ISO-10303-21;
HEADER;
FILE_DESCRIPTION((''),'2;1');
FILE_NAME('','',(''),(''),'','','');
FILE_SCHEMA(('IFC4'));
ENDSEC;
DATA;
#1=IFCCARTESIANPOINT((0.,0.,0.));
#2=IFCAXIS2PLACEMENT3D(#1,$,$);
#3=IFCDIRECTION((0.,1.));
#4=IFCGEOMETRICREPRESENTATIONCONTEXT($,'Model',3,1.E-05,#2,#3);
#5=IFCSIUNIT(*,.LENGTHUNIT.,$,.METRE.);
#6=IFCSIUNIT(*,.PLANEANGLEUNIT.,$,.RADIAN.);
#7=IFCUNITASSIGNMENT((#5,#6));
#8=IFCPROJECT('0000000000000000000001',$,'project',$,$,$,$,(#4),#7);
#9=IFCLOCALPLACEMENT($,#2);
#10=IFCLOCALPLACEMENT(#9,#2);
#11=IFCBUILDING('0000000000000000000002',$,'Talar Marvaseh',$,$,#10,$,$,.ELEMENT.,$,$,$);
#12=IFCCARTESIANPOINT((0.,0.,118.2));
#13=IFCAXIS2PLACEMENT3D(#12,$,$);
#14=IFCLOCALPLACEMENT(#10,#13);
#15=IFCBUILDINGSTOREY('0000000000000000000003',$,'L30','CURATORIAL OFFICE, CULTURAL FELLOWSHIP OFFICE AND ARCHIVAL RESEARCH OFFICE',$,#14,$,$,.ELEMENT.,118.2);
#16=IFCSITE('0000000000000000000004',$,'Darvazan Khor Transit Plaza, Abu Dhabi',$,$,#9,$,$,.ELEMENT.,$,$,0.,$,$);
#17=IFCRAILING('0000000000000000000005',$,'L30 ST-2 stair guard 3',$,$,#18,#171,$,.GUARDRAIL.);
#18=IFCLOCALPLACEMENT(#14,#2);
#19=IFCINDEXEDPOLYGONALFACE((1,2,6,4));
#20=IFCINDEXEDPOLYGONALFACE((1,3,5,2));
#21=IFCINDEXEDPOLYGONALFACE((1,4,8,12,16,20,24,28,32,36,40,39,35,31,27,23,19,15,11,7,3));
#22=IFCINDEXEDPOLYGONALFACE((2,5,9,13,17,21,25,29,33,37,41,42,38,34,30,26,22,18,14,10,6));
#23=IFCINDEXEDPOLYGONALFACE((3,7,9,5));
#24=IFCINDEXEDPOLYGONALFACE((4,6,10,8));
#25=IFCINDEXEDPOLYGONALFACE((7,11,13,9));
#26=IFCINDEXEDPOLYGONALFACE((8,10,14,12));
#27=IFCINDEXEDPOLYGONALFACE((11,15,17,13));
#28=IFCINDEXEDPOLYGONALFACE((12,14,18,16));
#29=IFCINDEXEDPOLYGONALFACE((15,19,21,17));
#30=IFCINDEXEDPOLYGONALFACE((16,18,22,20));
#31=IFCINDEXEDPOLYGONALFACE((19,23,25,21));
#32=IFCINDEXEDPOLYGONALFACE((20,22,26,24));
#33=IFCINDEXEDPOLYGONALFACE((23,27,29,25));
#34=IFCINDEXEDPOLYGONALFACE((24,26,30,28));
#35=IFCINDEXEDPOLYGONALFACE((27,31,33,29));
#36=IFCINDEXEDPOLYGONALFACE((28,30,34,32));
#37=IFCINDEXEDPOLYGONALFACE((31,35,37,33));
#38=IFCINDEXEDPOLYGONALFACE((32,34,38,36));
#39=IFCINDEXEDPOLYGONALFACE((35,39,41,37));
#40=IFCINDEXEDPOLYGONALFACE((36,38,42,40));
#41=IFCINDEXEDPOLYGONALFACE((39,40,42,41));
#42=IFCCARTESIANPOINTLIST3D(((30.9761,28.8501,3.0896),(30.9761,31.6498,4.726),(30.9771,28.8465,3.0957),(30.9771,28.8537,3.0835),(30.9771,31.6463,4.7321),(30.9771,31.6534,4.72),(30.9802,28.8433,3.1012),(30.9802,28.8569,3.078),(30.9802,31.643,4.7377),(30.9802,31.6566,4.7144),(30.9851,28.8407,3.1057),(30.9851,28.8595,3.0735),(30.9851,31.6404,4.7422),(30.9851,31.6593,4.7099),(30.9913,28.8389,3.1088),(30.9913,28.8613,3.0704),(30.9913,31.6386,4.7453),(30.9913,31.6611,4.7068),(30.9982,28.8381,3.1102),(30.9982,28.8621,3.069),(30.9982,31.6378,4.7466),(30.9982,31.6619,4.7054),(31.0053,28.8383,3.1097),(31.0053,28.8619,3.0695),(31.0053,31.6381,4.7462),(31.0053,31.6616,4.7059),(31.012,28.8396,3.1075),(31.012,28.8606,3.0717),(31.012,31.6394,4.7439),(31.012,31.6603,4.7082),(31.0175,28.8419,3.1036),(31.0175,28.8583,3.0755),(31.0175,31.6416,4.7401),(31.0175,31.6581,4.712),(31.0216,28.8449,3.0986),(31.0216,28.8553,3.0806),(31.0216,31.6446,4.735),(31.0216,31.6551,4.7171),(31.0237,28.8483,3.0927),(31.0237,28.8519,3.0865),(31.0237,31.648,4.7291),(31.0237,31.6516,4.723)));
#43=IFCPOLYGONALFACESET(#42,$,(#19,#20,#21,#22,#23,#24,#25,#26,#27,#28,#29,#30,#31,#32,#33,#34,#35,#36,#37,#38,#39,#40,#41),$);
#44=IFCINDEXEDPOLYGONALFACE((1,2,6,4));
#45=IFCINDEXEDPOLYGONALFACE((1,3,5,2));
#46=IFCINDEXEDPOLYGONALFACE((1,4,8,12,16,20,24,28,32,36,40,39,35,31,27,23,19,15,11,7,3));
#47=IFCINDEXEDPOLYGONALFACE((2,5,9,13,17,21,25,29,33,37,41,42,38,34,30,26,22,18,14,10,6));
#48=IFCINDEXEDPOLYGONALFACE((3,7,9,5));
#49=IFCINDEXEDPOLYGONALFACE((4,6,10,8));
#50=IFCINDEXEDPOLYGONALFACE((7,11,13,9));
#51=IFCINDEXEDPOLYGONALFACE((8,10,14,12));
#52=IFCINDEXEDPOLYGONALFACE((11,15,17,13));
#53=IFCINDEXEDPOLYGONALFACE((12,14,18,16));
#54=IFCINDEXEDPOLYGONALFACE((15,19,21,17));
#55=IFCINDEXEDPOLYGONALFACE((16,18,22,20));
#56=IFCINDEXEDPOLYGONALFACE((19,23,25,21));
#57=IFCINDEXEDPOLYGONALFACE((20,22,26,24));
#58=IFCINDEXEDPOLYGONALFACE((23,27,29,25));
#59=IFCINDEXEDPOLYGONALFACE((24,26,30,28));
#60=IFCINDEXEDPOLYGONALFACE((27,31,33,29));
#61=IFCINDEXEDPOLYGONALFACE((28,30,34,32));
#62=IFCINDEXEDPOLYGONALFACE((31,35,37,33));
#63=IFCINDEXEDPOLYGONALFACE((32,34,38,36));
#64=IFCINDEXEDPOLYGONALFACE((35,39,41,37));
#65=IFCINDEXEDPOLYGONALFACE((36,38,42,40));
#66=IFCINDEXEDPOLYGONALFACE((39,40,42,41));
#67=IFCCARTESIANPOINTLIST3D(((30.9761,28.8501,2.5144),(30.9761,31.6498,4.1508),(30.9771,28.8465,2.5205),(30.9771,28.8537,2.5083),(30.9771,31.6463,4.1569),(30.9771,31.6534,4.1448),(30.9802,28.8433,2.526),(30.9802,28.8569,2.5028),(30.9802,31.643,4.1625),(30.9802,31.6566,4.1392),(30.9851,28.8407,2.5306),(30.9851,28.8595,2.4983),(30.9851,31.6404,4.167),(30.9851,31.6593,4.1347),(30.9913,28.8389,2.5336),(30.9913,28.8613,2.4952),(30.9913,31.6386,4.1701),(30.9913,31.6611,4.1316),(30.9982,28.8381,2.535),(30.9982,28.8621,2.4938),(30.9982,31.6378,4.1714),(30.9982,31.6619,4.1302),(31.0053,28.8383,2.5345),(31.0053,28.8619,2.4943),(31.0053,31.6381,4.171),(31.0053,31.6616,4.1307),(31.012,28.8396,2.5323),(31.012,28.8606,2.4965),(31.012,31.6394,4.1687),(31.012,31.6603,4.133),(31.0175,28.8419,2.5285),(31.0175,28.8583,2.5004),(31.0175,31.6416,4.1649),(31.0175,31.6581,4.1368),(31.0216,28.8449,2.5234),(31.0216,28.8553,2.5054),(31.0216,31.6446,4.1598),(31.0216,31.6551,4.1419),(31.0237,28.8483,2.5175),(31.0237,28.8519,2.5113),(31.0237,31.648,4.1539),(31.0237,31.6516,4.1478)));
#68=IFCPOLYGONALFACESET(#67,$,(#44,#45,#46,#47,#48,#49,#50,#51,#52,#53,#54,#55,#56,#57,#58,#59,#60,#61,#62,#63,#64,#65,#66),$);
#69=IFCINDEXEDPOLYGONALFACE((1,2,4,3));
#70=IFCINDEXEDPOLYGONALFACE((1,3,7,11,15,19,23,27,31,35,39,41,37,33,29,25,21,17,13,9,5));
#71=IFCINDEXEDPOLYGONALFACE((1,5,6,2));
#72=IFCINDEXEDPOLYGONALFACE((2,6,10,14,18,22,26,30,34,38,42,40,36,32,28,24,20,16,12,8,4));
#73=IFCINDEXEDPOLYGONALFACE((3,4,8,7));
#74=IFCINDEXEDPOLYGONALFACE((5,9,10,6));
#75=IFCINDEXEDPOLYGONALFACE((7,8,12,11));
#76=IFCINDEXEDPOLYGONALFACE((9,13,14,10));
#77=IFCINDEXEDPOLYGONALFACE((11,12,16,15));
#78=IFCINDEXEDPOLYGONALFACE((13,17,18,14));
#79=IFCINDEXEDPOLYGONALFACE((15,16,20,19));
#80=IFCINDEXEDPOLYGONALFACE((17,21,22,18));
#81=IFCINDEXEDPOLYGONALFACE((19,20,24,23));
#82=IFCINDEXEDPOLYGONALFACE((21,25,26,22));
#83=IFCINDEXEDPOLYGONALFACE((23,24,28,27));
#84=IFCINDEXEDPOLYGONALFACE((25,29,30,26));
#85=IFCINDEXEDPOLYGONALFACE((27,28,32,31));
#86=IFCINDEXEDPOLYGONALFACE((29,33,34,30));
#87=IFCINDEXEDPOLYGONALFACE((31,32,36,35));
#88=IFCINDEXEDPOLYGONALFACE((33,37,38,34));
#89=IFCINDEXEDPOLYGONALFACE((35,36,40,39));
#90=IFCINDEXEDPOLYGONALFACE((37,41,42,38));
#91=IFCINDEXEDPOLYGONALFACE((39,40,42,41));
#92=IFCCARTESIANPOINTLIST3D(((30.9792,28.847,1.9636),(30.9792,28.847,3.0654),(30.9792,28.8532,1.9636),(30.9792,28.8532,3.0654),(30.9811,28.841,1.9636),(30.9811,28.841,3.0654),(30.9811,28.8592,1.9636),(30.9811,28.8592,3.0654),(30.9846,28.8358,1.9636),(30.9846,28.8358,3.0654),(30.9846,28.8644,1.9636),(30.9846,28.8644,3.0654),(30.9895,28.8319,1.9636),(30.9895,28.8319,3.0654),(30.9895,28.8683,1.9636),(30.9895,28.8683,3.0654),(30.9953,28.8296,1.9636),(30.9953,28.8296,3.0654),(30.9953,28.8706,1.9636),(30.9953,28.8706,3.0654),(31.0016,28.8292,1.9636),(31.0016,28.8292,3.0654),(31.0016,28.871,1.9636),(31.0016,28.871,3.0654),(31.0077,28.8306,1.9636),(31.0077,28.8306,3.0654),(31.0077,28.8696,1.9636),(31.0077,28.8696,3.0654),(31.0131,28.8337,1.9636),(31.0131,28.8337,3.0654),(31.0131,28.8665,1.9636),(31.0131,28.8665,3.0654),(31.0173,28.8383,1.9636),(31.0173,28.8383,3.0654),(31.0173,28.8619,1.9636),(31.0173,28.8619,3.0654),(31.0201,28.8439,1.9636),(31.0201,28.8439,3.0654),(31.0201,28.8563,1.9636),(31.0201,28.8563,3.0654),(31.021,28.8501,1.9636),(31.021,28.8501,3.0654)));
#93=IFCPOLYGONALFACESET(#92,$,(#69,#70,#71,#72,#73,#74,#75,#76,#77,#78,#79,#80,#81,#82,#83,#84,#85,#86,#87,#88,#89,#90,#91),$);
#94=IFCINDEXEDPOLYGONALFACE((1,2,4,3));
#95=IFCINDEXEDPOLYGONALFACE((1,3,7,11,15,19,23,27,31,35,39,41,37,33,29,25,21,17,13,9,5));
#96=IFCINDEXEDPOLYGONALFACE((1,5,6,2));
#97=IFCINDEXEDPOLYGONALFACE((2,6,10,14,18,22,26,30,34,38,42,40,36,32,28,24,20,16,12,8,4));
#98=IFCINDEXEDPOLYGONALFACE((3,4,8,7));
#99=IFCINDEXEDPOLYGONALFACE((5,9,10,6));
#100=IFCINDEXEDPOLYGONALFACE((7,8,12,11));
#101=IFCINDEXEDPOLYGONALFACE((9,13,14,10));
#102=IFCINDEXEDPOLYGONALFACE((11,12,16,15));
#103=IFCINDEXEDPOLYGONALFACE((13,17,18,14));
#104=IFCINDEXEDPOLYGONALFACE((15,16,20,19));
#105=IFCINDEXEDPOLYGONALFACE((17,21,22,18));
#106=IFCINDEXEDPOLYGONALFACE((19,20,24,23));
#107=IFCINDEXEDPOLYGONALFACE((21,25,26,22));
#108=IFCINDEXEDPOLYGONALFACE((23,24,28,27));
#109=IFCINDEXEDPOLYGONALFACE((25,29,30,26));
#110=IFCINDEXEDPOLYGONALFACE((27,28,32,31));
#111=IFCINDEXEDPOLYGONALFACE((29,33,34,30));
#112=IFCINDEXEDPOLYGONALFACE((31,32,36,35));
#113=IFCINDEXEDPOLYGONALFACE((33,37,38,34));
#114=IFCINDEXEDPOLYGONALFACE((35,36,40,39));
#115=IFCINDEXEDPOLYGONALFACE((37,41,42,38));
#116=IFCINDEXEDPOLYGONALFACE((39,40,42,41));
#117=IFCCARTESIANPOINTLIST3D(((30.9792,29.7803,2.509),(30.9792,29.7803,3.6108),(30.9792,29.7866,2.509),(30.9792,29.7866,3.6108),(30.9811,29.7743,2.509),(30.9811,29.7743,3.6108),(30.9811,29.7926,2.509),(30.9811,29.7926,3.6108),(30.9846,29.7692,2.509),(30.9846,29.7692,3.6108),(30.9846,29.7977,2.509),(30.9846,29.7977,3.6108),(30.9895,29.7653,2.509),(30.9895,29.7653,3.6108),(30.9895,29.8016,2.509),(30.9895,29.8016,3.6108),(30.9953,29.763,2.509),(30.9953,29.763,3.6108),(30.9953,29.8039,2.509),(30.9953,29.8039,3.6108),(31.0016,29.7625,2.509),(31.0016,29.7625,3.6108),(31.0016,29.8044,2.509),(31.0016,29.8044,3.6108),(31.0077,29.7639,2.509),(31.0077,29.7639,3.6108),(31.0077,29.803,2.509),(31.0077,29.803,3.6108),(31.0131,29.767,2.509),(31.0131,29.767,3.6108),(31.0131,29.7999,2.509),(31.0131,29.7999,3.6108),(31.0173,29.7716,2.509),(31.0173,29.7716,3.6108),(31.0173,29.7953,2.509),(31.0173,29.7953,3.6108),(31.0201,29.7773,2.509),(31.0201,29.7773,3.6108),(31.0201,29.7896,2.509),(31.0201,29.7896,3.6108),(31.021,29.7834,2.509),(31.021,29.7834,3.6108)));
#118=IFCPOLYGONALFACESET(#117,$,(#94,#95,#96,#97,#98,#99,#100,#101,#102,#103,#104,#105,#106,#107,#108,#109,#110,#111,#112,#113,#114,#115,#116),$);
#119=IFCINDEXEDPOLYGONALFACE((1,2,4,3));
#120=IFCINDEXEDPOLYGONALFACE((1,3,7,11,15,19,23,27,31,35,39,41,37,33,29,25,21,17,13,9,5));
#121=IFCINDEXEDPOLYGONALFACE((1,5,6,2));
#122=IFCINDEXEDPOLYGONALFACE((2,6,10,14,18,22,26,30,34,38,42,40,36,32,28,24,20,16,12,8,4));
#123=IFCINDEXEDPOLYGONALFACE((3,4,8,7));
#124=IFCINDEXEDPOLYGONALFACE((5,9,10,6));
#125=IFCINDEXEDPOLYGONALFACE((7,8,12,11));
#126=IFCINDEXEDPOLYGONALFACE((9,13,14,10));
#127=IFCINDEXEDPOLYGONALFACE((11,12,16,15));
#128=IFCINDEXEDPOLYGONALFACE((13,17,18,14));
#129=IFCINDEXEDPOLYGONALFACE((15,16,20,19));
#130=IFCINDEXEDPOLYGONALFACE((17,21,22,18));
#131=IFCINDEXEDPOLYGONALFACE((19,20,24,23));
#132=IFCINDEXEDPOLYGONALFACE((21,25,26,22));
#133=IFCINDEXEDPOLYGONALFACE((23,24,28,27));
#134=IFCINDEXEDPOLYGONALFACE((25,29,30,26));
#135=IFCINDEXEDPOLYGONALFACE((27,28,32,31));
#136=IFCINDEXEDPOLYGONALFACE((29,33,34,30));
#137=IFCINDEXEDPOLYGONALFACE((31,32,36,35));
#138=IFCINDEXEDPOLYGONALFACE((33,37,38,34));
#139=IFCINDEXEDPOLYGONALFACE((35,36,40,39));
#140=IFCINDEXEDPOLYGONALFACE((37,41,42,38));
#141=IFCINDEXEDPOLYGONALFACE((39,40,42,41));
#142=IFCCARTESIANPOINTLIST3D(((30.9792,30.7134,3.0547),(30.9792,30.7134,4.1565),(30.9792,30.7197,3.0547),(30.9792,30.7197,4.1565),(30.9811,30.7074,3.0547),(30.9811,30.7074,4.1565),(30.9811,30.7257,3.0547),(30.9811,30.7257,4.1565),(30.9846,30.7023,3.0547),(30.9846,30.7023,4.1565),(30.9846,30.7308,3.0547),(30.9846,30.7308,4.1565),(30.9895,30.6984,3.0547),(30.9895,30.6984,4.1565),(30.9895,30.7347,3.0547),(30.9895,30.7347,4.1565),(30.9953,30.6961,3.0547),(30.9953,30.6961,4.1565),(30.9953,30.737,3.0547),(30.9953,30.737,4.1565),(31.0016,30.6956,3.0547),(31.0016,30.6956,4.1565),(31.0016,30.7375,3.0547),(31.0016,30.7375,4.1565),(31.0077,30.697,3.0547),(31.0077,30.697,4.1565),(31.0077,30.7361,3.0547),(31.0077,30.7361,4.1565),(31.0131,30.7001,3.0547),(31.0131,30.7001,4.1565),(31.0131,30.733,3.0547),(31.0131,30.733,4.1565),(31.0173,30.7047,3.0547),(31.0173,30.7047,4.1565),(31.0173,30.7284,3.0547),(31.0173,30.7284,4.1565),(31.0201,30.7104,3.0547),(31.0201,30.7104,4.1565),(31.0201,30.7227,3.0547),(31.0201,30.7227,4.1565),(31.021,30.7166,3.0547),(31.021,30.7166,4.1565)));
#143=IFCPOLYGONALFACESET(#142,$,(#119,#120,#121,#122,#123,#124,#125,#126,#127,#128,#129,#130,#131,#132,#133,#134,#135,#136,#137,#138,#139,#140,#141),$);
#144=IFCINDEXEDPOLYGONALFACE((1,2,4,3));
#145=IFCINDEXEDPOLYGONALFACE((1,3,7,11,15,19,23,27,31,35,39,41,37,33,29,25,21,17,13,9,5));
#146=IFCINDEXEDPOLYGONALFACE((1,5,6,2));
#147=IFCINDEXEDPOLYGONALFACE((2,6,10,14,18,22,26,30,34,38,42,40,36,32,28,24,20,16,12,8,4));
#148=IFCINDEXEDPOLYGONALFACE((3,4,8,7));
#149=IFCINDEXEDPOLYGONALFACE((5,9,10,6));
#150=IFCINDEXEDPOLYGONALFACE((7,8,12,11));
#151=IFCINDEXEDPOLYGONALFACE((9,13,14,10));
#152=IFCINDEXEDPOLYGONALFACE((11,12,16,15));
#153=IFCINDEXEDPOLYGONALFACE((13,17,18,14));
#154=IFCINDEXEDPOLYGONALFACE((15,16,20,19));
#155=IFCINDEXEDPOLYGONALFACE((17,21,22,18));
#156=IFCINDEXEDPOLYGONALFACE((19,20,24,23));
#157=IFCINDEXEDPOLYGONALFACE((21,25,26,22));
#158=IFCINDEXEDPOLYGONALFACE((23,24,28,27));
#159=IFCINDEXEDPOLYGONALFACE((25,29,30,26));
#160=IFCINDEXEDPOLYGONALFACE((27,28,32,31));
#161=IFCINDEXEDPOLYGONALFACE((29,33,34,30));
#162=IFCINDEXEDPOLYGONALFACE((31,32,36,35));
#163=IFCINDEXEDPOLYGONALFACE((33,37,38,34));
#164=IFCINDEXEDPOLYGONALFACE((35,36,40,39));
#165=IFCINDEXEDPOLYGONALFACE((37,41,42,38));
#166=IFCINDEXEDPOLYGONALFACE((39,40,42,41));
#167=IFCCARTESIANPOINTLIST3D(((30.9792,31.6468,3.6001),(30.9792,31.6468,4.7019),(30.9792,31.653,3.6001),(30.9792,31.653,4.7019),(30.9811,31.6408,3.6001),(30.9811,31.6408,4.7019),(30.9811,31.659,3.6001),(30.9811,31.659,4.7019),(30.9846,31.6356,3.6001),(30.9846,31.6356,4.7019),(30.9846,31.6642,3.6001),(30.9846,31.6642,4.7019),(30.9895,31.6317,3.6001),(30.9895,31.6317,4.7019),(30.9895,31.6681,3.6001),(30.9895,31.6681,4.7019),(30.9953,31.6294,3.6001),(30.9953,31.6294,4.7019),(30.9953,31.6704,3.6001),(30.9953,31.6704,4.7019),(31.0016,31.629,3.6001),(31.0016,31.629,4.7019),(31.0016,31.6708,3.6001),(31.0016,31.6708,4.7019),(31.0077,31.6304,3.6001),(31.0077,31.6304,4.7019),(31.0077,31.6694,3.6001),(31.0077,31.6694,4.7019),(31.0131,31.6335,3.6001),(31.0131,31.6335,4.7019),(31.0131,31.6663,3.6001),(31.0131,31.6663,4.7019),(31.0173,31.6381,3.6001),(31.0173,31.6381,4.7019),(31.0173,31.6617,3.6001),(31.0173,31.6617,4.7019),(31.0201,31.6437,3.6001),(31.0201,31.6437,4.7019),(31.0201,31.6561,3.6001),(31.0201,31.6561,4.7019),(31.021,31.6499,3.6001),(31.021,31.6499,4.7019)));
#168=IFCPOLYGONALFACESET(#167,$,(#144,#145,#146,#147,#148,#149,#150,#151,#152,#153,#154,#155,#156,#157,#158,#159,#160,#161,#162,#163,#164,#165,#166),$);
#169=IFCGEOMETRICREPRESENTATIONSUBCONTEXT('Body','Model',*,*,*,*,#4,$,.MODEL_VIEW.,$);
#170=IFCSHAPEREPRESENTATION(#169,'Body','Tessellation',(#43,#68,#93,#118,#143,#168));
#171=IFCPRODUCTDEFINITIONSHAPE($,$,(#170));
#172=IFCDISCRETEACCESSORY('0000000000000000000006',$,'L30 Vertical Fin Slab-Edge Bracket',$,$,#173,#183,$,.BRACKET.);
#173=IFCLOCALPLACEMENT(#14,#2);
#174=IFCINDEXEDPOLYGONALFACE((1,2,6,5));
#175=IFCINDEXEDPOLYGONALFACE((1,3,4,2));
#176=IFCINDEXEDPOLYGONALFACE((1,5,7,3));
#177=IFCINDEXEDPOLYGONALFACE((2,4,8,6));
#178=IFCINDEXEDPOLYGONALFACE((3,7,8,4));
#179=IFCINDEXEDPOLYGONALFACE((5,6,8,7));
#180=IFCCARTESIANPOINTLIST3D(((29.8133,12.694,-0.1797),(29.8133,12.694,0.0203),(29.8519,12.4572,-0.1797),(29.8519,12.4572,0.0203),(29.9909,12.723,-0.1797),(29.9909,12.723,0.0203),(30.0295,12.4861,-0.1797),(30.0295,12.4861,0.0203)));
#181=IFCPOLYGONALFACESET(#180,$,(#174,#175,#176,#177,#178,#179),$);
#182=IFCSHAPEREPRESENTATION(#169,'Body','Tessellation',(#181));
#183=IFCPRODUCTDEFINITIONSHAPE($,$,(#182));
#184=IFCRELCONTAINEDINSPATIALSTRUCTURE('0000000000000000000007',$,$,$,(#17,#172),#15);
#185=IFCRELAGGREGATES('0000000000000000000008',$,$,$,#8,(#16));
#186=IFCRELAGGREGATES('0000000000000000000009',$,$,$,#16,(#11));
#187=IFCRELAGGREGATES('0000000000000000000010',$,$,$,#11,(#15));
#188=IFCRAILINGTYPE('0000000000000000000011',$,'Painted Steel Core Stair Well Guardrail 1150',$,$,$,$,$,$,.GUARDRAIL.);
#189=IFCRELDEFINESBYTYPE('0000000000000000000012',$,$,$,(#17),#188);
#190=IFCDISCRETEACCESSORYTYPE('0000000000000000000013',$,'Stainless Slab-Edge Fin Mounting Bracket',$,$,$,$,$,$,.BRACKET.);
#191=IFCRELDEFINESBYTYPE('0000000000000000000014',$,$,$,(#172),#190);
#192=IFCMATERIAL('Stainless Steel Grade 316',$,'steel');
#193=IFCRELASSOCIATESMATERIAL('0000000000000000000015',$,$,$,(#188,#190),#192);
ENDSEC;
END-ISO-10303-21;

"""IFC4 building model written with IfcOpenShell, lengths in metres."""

from ifc_helpers import new_model, si_unit, direction, frame, origin, origin_2d, place, context, subcontext, project, spatial, rectangle, circle, extrude, source, transform, mapped, material, type_object, type_shapes, element, save


model = new_model("IFC4")

# Units and contexts
model_context = context("Model", 3, precision=1e-05, world=origin(), true_north=direction((0.0, 1.0)))
body_context = subcontext(model_context, "Body", "Model", "MODEL_VIEW")
ifc_project = project(units=[si_unit("LENGTHUNIT", "METRE"), si_unit("PLANEANGLEUNIT", "RADIAN")], contexts=[model_context])

# Site, building, storey
site_placement = place(None, origin())
site = spatial("IfcSite", under=ifc_project, at=site_placement, Name="Darvazan Khor Transit Plaza, Abu Dhabi", CompositionType="ELEMENT", RefElevation=0.0)
building_placement = place(site_placement, origin())
building = spatial("IfcBuilding", under=site, at=building_placement, Name="Talar Marvaseh", CompositionType="ELEMENT")
storey_placement = place(building_placement, frame((0.0, 0.0, 118.2)))
storey = spatial("IfcBuildingStorey", under=building, at=storey_placement, Name="L30", Description="CURATORIAL OFFICE, CULTURAL FELLOWSHIP OFFICE AND ARCHIVAL RESEARCH OFFICE", CompositionType="ELEMENT", Elevation=118.2)

# Railing
ifc_material_1 = material(Name="Stainless Steel Grade 316", Category="steel")
railing_type_1 = type_object("IfcRailingType", Name="Painted Steel Core Stair Well Guardrail 1150", PredefinedType="GUARDRAIL", material=ifc_material_1)
railing_1_placement = place(storey_placement, frame((31.0, 28.8501, 1.9636)))
element("IfcRailing", 1, at=railing_1_placement, inside=storey, type_object=railing_type_1, Name="L30 ST-2 stair guard 3", PredefinedType="GUARDRAIL", context=body_context, shape_type="SweptSolid", body=[
    extrude(circle(Radius=0.0239, at=origin_2d()), frame((0.0, 0.0, 1.126), z_axis=(0.0, 0.863342, 0.50462), x_axis=(-1.0, 0.0, 0.0)), (0.0, 0.0, 1.0), 3.2429),
    extrude(circle(Radius=0.0239, at=origin_2d()), frame((0.0, 0.0, 0.5508), z_axis=(0.0, 0.863342, 0.50462), x_axis=(-1.0, 0.0, 0.0)), (0.0, 0.0, 1.0), 3.2429),
    extrude(circle(Radius=0.021, at=origin_2d()), origin(), (0.0, 0.0, 1.0), 1.1018),
    extrude(circle(Radius=0.021, at=origin_2d()), frame((0.0, 0.9333, 0.5454)), (0.0, 0.0, 1.0), 1.1018),
    extrude(circle(Radius=0.021, at=origin_2d()), frame((0.0, 1.8665, 1.0911)), (0.0, 0.0, 1.0), 1.1018),
    extrude(circle(Radius=0.021, at=origin_2d()), frame((0.0, 2.7998, 1.6365)), (0.0, 0.0, 1.0), 1.1018),
])

# Discrete accessory
discrete_accessory_type = type_object("IfcDiscreteAccessoryType", Name="Stainless Slab-Edge Fin Mounting Bracket", PredefinedType="BRACKET", material=ifc_material_1)
shared_shape_1 = source(origin(), body_context, "Body", "SweptSolid", [
    extrude(rectangle(XDim=0.24, YDim=0.1799, at=origin_2d()), origin(), (0.0, 0.0, 1.0), 0.2),
])
type_shapes(discrete_accessory_type, [shared_shape_1])
discrete_accessory_placement = place(storey_placement, frame((29.9214, 12.5901, -0.1797), z_axis=(0.0, 0.0, 1.0), x_axis=(0.160915, -0.986968, 0.0)))
element("IfcDiscreteAccessory", 2, at=discrete_accessory_placement, inside=storey, type_object=discrete_accessory_type, Name="L30 Vertical Fin Slab-Edge Bracket", PredefinedType="BRACKET", context=body_context, shape_type="MappedRepresentation", body=[
    mapped(shared_shape_1, transform((0.0, 0.0, 0.0), x_axis=(1.0, 0.0, 0.0), y_axis=(0.0, 1.0, 0.0), z_axis=(0.0, 0.0, 1.0), scale=1.0)),
])

save(model, "model.ifc")
